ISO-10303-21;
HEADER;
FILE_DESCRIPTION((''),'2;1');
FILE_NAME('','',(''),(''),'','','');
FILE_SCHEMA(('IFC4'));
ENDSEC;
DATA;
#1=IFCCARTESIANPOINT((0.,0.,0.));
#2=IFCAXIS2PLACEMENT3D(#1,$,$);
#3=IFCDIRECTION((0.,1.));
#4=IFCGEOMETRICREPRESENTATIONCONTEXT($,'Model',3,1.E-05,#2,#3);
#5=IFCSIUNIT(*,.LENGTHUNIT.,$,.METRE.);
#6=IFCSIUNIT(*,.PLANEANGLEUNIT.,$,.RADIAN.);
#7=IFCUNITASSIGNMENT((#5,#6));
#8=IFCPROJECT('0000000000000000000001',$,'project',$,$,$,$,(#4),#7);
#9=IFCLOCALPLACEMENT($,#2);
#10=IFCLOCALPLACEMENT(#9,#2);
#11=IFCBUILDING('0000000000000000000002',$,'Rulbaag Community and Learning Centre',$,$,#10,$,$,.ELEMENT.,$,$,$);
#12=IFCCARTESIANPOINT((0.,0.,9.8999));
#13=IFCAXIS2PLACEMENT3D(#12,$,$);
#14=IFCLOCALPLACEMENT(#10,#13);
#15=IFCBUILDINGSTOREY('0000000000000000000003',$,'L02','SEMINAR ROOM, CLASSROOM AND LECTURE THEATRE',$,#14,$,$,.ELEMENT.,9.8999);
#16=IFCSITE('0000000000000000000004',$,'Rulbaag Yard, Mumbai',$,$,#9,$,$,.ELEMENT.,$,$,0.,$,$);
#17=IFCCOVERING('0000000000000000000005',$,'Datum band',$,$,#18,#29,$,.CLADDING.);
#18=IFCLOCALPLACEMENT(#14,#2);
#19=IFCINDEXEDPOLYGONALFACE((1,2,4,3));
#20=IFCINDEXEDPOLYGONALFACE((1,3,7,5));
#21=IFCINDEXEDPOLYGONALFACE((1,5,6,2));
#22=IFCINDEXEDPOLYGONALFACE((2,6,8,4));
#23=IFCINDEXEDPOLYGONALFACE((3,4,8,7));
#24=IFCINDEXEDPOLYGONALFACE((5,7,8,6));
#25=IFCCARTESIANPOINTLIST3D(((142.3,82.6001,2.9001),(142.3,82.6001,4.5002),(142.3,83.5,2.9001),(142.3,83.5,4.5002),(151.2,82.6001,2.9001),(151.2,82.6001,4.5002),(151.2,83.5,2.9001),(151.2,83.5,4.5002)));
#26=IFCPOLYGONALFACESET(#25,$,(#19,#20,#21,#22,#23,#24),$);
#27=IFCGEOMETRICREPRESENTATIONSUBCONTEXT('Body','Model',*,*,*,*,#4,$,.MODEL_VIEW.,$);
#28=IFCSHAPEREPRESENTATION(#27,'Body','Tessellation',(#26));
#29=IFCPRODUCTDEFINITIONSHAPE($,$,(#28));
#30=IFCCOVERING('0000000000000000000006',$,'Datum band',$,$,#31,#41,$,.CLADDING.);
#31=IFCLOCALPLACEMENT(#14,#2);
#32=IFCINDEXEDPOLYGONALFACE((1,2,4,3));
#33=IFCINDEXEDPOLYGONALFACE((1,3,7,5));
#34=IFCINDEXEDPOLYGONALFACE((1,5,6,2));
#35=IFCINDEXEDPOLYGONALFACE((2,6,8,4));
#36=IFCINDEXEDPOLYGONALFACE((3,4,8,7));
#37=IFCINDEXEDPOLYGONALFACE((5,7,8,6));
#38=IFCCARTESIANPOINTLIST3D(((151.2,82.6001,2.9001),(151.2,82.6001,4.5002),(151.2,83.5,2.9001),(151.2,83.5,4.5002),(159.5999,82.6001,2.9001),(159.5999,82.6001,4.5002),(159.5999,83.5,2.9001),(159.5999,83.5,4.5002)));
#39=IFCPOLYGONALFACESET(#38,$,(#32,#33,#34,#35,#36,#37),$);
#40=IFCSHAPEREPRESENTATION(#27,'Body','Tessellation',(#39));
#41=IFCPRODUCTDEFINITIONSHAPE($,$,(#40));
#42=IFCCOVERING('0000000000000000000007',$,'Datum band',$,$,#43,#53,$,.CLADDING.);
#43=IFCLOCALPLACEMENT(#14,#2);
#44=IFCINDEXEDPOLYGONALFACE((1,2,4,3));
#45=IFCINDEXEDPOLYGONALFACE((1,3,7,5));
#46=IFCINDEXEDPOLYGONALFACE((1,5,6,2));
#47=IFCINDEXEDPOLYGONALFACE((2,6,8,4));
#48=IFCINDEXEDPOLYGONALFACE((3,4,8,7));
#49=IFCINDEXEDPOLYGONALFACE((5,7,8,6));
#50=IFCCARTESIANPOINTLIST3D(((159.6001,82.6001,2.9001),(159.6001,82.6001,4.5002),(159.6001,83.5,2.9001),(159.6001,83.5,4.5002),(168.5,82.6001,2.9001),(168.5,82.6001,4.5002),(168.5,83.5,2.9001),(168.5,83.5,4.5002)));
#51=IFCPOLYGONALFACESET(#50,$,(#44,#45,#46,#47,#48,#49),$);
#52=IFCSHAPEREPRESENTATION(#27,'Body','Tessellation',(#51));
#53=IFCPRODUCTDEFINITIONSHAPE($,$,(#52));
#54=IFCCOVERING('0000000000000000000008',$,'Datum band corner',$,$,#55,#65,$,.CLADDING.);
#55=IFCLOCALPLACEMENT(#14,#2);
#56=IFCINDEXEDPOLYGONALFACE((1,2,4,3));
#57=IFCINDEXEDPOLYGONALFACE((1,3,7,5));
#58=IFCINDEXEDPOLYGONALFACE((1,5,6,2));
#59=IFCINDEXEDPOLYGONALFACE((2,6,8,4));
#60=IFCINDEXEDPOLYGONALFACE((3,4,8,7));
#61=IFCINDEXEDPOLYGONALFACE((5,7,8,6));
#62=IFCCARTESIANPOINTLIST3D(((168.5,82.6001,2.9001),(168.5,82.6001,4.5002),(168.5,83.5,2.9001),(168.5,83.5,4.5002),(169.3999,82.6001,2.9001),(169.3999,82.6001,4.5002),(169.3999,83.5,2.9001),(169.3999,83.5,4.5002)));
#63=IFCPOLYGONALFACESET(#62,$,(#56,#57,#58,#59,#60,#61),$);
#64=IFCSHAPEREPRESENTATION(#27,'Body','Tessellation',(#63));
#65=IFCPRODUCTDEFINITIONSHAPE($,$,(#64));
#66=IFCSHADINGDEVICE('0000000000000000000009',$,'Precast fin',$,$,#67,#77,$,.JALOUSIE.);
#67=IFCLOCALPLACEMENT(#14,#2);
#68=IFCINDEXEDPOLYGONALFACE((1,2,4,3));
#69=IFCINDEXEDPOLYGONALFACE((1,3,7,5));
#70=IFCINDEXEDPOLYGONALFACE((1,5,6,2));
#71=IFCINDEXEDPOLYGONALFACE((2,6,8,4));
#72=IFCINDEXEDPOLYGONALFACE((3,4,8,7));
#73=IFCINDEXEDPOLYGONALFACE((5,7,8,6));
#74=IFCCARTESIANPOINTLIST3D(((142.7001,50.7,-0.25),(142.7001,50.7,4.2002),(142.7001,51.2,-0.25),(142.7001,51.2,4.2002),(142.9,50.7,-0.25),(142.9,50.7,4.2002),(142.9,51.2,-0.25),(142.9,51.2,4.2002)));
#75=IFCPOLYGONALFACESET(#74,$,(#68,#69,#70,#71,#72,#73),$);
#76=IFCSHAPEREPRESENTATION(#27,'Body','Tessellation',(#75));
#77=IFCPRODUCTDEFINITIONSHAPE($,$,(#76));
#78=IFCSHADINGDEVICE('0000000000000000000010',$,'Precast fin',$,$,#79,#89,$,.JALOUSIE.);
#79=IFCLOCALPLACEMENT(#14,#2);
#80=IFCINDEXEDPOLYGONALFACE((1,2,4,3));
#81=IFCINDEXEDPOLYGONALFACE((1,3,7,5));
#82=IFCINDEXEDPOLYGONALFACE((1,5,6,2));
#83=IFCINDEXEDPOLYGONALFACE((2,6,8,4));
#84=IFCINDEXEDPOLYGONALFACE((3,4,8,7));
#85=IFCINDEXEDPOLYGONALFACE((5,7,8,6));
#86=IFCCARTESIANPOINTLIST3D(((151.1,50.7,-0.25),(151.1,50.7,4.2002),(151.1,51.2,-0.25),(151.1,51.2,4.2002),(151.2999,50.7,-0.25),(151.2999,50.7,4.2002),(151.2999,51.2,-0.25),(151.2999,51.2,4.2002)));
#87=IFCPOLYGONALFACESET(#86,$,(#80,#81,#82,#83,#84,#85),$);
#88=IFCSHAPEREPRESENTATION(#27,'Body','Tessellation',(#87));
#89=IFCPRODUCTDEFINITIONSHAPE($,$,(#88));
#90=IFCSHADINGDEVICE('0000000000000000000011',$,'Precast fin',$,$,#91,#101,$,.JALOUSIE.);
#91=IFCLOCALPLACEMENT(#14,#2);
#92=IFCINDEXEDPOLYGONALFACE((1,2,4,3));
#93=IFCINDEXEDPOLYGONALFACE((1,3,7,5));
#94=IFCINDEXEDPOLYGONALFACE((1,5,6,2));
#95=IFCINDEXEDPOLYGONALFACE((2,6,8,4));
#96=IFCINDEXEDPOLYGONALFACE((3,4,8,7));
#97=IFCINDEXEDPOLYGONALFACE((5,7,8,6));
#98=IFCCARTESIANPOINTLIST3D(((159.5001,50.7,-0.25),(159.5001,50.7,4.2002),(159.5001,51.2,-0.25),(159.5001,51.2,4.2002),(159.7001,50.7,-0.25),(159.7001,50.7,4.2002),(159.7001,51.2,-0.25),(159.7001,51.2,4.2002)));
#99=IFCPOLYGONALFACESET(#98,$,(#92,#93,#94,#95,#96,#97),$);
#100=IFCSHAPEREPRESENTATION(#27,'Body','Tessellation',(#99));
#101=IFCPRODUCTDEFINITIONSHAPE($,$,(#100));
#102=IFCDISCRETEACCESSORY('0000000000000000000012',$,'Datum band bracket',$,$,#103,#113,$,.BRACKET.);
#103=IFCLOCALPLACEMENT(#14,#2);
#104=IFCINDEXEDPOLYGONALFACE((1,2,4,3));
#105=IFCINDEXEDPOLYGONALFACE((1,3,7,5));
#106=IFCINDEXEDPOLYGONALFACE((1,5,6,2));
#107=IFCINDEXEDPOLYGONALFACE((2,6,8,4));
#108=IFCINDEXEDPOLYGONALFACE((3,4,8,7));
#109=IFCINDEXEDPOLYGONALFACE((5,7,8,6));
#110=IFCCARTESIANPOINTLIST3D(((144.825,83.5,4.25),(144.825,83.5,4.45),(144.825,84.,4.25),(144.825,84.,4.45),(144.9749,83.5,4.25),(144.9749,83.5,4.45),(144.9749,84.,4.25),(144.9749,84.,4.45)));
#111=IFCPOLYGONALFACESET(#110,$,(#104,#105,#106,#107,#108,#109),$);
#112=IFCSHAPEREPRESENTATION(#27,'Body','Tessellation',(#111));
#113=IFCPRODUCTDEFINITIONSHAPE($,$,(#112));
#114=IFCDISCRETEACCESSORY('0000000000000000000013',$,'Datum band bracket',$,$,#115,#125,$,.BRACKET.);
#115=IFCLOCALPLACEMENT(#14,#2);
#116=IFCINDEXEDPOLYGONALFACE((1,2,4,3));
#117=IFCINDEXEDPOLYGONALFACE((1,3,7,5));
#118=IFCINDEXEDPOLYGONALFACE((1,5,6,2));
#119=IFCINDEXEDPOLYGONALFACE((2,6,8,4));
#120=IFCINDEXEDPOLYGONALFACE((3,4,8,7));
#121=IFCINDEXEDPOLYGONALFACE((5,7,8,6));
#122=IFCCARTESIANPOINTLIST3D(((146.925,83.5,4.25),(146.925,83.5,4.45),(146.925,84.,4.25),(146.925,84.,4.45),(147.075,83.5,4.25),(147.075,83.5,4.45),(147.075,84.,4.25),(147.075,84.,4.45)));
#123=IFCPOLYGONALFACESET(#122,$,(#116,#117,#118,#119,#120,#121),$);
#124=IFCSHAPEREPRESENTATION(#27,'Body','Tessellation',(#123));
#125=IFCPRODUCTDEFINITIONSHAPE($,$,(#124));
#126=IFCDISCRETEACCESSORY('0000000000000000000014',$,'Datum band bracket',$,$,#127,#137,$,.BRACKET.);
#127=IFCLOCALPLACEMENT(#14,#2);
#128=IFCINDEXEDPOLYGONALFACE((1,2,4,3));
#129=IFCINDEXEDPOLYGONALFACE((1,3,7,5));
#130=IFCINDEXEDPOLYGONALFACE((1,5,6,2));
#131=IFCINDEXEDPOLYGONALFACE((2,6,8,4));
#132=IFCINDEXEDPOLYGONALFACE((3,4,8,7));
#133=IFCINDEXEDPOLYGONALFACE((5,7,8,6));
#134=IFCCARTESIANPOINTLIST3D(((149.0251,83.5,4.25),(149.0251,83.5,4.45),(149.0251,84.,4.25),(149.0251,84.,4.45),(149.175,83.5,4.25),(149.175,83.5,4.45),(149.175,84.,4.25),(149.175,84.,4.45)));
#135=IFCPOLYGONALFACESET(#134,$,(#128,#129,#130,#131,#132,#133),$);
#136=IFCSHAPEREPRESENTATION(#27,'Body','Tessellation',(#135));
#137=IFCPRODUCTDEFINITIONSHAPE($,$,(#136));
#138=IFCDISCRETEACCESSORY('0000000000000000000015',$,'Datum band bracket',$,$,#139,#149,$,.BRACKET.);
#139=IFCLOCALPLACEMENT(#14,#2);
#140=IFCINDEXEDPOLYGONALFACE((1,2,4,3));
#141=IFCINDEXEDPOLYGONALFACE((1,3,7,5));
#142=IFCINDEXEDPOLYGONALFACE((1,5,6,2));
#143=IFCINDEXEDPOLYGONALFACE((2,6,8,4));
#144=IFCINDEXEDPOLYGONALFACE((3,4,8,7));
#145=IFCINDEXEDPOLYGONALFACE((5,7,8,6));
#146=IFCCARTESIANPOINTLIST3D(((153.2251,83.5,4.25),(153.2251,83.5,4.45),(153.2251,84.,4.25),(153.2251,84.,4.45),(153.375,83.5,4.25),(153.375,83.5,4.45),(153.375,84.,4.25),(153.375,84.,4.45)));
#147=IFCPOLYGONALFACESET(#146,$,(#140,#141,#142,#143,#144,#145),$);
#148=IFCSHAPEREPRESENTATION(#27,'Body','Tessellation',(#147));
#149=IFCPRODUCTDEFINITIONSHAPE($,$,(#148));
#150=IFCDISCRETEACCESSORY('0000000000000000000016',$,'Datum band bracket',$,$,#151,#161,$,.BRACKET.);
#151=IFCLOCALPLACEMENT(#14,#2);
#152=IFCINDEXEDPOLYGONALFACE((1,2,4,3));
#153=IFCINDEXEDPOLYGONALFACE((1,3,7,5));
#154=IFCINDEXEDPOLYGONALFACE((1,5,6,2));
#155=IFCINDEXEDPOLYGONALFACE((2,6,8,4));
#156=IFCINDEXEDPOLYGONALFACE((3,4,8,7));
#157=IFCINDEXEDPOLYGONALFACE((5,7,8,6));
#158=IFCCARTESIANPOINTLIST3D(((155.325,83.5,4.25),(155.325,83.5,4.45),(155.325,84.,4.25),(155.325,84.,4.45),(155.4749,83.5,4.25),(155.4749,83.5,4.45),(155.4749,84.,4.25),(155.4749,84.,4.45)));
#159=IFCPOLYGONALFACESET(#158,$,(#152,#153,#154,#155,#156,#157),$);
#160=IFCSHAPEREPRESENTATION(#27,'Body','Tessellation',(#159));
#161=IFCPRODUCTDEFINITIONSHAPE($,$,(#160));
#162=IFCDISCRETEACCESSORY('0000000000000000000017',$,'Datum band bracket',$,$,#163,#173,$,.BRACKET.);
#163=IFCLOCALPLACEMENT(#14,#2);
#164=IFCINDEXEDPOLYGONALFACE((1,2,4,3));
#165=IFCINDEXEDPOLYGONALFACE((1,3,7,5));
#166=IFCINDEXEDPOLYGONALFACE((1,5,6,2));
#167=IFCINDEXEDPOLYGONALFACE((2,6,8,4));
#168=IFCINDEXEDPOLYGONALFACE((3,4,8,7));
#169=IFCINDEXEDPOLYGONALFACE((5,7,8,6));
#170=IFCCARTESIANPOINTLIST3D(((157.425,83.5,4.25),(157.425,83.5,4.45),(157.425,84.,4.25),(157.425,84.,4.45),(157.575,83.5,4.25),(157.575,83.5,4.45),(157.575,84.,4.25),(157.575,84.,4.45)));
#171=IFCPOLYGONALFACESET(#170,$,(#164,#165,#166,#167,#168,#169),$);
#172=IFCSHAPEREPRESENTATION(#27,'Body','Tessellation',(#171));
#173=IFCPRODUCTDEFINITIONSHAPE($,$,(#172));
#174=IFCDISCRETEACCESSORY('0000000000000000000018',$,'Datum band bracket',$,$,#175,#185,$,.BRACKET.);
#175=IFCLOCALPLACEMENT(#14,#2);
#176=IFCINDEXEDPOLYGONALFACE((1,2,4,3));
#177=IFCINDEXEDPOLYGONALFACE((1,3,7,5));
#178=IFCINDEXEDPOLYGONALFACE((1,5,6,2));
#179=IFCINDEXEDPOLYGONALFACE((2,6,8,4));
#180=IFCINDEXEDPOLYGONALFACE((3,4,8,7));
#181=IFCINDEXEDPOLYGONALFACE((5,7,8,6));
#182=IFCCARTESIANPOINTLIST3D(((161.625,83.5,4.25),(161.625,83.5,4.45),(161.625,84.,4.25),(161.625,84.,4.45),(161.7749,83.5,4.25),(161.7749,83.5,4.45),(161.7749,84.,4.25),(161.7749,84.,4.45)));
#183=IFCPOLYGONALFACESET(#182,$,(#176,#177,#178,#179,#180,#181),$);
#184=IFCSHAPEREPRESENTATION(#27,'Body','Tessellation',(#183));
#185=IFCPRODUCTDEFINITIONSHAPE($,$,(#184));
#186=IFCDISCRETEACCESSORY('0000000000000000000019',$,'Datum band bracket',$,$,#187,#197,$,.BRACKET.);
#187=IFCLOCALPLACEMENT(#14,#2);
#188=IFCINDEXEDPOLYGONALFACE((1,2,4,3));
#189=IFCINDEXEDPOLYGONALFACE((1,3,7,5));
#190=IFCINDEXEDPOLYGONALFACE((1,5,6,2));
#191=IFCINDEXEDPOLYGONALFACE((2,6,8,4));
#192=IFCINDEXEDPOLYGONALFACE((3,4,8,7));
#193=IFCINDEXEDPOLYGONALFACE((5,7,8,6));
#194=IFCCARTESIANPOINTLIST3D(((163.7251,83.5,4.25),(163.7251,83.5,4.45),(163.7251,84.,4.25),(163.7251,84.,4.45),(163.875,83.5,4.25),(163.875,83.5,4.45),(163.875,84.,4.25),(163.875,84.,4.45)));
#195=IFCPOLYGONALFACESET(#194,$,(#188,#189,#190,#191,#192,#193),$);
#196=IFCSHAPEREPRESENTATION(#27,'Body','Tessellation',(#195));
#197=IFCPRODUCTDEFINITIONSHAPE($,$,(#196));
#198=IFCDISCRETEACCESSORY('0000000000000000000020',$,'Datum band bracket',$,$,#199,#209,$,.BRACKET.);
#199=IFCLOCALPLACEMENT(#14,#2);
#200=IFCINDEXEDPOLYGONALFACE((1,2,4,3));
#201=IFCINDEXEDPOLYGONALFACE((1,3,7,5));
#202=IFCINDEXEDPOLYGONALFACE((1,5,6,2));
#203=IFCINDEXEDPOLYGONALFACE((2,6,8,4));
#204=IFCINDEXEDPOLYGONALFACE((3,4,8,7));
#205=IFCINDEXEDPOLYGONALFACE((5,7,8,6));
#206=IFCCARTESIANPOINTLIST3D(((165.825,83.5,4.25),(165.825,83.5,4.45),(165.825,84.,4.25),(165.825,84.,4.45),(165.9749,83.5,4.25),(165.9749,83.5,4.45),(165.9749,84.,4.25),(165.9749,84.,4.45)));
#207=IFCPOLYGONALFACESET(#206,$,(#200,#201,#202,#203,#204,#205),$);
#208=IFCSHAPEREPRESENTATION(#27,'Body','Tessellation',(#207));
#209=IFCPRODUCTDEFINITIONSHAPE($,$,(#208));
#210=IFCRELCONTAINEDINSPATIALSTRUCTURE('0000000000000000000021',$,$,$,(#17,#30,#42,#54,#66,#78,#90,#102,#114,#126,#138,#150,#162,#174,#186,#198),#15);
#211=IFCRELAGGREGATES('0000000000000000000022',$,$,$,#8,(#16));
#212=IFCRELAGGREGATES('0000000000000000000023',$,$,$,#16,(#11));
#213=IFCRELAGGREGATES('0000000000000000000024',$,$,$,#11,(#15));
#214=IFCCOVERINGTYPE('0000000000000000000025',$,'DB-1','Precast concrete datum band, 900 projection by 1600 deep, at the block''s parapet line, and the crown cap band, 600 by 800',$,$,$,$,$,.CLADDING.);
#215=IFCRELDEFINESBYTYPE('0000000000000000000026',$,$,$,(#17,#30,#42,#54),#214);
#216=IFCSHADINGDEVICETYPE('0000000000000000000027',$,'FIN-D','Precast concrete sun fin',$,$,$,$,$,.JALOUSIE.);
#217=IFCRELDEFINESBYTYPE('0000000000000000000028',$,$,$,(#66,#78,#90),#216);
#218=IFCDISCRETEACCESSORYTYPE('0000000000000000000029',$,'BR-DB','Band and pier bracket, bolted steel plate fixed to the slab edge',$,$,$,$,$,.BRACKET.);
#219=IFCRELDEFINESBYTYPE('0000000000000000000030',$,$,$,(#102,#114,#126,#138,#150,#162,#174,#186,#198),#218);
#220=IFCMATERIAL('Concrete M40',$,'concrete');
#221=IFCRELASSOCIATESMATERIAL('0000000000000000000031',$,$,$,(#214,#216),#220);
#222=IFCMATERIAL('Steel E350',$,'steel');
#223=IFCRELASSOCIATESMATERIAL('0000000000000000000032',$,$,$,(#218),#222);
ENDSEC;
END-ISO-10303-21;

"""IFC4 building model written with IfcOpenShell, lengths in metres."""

from ifc_helpers import new_model, si_unit, direction, frame, origin, origin_2d, place, context, subcontext, project, spatial, rectangle, extrude, material, material_profile, profile_set, type_object, element, save


model = new_model("IFC4")

# Units and contexts
model_context = context("Model", 3, precision=1e-05, world=origin(), true_north=direction((0.0, 1.0)))
body_context = subcontext(model_context, "Body", "Model", "MODEL_VIEW")
ifc_project = project(units=[si_unit("LENGTHUNIT", "METRE"), si_unit("PLANEANGLEUNIT", "RADIAN")], contexts=[model_context])

# Site, building, storey
site_placement = place(None, origin())
site = spatial("IfcSite", under=ifc_project, at=site_placement, Name="Rulbaag Yard, Mumbai", CompositionType="ELEMENT", RefElevation=0.0)
building_placement = place(site_placement, origin())
building = spatial("IfcBuilding", under=site, at=building_placement, Name="Rulbaag Community and Learning Centre", CompositionType="ELEMENT")
storey_placement = place(building_placement, frame((0.0, 0.0, 9.8999)))
storey = spatial("IfcBuildingStorey", under=building, at=storey_placement, Name="L02", Description="SEMINAR ROOM, CLASSROOM AND LECTURE THEATRE", CompositionType="ELEMENT", Elevation=9.8999)

# Shared definitions
ifc_material_1 = material(Name="Concrete M40", Category="concrete")

# Coverings
covering_type = type_object("IfcCoveringType", Name="DB-1", Description="Precast concrete datum band, 900 projection by 1600 deep, at the block's parapet line, and the crown cap band, 600 by 800", PredefinedType="CLADDING", material=ifc_material_1)
covering_1_placement = place(storey_placement, frame((146.75, 83.05, 2.9001), z_axis=(0.0, 0.0, 1.0), x_axis=(1.0, 0.0, 0.0)))
element("IfcCovering", 1, at=covering_1_placement, inside=storey, type_object=covering_type, Name="Datum band", PredefinedType="CLADDING", context=body_context, shape_type="SweptSolid", body=[
    extrude(rectangle(XDim=8.8999, YDim=0.8999, at=origin_2d()), origin(), (0.0, 0.0, 1.0), 1.6001),
])
covering_2_placement = place(storey_placement, frame((155.3999, 83.05, 2.9001), z_axis=(0.0, 0.0, 1.0), x_axis=(1.0, 0.0, 0.0)))
element("IfcCovering", 2, at=covering_2_placement, inside=storey, type_object=covering_type, Name="Datum band", PredefinedType="CLADDING", context=body_context, shape_type="SweptSolid", body=[
    extrude(rectangle(XDim=8.3999, YDim=0.8999, at=origin_2d()), origin(), (0.0, 0.0, 1.0), 1.6001),
])
covering_3_placement = place(storey_placement, frame((164.05, 83.05, 2.9001), z_axis=(0.0, 0.0, 1.0), x_axis=(1.0, 0.0, 0.0)))
element("IfcCovering", 3, at=covering_3_placement, inside=storey, type_object=covering_type, Name="Datum band", PredefinedType="CLADDING", context=body_context, shape_type="SweptSolid", body=[
    extrude(rectangle(XDim=8.8999, YDim=0.8999, at=origin_2d()), origin(), (0.0, 0.0, 1.0), 1.6001),
])
covering_4_placement = place(storey_placement, frame((168.95, 83.05, 2.9001), z_axis=(0.0, 0.0, 1.0), x_axis=(1.0, 0.0, 0.0)))
element("IfcCovering", 4, at=covering_4_placement, inside=storey, type_object=covering_type, Name="Datum band corner", PredefinedType="CLADDING", context=body_context, shape_type="SweptSolid", body=[
    extrude(rectangle(XDim=0.8999, YDim=0.8999, at=origin_2d()), origin(), (0.0, 0.0, 1.0), 1.6001),
])

# Shading devices
ifc_material_profile_1 = material_profile(ifc_material_1, rectangle(XDim=0.2, YDim=0.5, at=origin_2d()), Name="PC 200x500")
ifc_profile_set_1 = profile_set([ifc_material_profile_1], Name="Concrete M40")
shading_device_type = type_object("IfcShadingDeviceType", Name="FIN-D", Description="Precast concrete sun fin", PredefinedType="JALOUSIE", material=ifc_profile_set_1)
for number, where, z_axis, x_axis, name in (
    (5, (142.8, 50.95, -0.25), (0.0, 0.0, 1.0), (1.0, 0.0, 0.0), "Precast fin"),
    (6, (151.2, 50.95, -0.25), (0.0, 0.0, 1.0), (1.0, 0.0, 0.0), "Precast fin"),
    (7, (159.6001, 50.95, -0.25), (0.0, 0.0, 1.0), (1.0, 0.0, 0.0), "Precast fin"),
):
    element("IfcShadingDevice", number, at=place(storey_placement, frame(where, z_axis=z_axis, x_axis=x_axis)), inside=storey, type_object=shading_device_type, Name=name, PredefinedType="JALOUSIE", context=body_context, shape_type="SweptSolid", body=[
        extrude(rectangle(XDim=0.2, YDim=0.5, at=origin_2d()), origin(), (0.0, 0.0, 1.0), 4.4502),
    ])

# Discrete accessories
ifc_material_2 = material(Name="Steel E350", Category="steel")
discrete_accessory_type = type_object("IfcDiscreteAccessoryType", Name="BR-DB", Description="Band and pier bracket, bolted steel plate fixed to the slab edge", PredefinedType="BRACKET", material=ifc_material_2)
for number, where, z_axis, x_axis, name in (
    (8, (144.8999, 83.75, 4.25), (0.0, 0.0, 1.0), (1.0, 0.0, 0.0), "Datum band bracket"),
    (9, (147.0, 83.75, 4.25), (0.0, 0.0, 1.0), (1.0, 0.0, 0.0), "Datum band bracket"),
    (10, (149.1001, 83.75, 4.25), (0.0, 0.0, 1.0), (1.0, 0.0, 0.0), "Datum band bracket"),
    (11, (153.3, 83.75, 4.25), (0.0, 0.0, 1.0), (1.0, 0.0, 0.0), "Datum band bracket"),
    (12, (155.3999, 83.75, 4.25), (0.0, 0.0, 1.0), (1.0, 0.0, 0.0), "Datum band bracket"),
    (13, (157.5, 83.75, 4.25), (0.0, 0.0, 1.0), (1.0, 0.0, 0.0), "Datum band bracket"),
    (14, (161.7, 83.75, 4.25), (0.0, 0.0, 1.0), (1.0, 0.0, 0.0), "Datum band bracket"),
    (15, (163.8, 83.75, 4.25), (0.0, 0.0, 1.0), (1.0, 0.0, 0.0), "Datum band bracket"),
    (16, (165.8999, 83.75, 4.25), (0.0, 0.0, 1.0), (1.0, 0.0, 0.0), "Datum band bracket"),
):
    element("IfcDiscreteAccessory", number, at=place(storey_placement, frame(where, z_axis=z_axis, x_axis=x_axis)), inside=storey, type_object=discrete_accessory_type, Name=name, PredefinedType="BRACKET", context=body_context, shape_type="SweptSolid", body=[
        extrude(rectangle(XDim=0.1499, YDim=0.5, at=origin_2d()), origin(), (0.0, 0.0, 1.0), 0.2),
    ])

save(model, "model.ifc")
